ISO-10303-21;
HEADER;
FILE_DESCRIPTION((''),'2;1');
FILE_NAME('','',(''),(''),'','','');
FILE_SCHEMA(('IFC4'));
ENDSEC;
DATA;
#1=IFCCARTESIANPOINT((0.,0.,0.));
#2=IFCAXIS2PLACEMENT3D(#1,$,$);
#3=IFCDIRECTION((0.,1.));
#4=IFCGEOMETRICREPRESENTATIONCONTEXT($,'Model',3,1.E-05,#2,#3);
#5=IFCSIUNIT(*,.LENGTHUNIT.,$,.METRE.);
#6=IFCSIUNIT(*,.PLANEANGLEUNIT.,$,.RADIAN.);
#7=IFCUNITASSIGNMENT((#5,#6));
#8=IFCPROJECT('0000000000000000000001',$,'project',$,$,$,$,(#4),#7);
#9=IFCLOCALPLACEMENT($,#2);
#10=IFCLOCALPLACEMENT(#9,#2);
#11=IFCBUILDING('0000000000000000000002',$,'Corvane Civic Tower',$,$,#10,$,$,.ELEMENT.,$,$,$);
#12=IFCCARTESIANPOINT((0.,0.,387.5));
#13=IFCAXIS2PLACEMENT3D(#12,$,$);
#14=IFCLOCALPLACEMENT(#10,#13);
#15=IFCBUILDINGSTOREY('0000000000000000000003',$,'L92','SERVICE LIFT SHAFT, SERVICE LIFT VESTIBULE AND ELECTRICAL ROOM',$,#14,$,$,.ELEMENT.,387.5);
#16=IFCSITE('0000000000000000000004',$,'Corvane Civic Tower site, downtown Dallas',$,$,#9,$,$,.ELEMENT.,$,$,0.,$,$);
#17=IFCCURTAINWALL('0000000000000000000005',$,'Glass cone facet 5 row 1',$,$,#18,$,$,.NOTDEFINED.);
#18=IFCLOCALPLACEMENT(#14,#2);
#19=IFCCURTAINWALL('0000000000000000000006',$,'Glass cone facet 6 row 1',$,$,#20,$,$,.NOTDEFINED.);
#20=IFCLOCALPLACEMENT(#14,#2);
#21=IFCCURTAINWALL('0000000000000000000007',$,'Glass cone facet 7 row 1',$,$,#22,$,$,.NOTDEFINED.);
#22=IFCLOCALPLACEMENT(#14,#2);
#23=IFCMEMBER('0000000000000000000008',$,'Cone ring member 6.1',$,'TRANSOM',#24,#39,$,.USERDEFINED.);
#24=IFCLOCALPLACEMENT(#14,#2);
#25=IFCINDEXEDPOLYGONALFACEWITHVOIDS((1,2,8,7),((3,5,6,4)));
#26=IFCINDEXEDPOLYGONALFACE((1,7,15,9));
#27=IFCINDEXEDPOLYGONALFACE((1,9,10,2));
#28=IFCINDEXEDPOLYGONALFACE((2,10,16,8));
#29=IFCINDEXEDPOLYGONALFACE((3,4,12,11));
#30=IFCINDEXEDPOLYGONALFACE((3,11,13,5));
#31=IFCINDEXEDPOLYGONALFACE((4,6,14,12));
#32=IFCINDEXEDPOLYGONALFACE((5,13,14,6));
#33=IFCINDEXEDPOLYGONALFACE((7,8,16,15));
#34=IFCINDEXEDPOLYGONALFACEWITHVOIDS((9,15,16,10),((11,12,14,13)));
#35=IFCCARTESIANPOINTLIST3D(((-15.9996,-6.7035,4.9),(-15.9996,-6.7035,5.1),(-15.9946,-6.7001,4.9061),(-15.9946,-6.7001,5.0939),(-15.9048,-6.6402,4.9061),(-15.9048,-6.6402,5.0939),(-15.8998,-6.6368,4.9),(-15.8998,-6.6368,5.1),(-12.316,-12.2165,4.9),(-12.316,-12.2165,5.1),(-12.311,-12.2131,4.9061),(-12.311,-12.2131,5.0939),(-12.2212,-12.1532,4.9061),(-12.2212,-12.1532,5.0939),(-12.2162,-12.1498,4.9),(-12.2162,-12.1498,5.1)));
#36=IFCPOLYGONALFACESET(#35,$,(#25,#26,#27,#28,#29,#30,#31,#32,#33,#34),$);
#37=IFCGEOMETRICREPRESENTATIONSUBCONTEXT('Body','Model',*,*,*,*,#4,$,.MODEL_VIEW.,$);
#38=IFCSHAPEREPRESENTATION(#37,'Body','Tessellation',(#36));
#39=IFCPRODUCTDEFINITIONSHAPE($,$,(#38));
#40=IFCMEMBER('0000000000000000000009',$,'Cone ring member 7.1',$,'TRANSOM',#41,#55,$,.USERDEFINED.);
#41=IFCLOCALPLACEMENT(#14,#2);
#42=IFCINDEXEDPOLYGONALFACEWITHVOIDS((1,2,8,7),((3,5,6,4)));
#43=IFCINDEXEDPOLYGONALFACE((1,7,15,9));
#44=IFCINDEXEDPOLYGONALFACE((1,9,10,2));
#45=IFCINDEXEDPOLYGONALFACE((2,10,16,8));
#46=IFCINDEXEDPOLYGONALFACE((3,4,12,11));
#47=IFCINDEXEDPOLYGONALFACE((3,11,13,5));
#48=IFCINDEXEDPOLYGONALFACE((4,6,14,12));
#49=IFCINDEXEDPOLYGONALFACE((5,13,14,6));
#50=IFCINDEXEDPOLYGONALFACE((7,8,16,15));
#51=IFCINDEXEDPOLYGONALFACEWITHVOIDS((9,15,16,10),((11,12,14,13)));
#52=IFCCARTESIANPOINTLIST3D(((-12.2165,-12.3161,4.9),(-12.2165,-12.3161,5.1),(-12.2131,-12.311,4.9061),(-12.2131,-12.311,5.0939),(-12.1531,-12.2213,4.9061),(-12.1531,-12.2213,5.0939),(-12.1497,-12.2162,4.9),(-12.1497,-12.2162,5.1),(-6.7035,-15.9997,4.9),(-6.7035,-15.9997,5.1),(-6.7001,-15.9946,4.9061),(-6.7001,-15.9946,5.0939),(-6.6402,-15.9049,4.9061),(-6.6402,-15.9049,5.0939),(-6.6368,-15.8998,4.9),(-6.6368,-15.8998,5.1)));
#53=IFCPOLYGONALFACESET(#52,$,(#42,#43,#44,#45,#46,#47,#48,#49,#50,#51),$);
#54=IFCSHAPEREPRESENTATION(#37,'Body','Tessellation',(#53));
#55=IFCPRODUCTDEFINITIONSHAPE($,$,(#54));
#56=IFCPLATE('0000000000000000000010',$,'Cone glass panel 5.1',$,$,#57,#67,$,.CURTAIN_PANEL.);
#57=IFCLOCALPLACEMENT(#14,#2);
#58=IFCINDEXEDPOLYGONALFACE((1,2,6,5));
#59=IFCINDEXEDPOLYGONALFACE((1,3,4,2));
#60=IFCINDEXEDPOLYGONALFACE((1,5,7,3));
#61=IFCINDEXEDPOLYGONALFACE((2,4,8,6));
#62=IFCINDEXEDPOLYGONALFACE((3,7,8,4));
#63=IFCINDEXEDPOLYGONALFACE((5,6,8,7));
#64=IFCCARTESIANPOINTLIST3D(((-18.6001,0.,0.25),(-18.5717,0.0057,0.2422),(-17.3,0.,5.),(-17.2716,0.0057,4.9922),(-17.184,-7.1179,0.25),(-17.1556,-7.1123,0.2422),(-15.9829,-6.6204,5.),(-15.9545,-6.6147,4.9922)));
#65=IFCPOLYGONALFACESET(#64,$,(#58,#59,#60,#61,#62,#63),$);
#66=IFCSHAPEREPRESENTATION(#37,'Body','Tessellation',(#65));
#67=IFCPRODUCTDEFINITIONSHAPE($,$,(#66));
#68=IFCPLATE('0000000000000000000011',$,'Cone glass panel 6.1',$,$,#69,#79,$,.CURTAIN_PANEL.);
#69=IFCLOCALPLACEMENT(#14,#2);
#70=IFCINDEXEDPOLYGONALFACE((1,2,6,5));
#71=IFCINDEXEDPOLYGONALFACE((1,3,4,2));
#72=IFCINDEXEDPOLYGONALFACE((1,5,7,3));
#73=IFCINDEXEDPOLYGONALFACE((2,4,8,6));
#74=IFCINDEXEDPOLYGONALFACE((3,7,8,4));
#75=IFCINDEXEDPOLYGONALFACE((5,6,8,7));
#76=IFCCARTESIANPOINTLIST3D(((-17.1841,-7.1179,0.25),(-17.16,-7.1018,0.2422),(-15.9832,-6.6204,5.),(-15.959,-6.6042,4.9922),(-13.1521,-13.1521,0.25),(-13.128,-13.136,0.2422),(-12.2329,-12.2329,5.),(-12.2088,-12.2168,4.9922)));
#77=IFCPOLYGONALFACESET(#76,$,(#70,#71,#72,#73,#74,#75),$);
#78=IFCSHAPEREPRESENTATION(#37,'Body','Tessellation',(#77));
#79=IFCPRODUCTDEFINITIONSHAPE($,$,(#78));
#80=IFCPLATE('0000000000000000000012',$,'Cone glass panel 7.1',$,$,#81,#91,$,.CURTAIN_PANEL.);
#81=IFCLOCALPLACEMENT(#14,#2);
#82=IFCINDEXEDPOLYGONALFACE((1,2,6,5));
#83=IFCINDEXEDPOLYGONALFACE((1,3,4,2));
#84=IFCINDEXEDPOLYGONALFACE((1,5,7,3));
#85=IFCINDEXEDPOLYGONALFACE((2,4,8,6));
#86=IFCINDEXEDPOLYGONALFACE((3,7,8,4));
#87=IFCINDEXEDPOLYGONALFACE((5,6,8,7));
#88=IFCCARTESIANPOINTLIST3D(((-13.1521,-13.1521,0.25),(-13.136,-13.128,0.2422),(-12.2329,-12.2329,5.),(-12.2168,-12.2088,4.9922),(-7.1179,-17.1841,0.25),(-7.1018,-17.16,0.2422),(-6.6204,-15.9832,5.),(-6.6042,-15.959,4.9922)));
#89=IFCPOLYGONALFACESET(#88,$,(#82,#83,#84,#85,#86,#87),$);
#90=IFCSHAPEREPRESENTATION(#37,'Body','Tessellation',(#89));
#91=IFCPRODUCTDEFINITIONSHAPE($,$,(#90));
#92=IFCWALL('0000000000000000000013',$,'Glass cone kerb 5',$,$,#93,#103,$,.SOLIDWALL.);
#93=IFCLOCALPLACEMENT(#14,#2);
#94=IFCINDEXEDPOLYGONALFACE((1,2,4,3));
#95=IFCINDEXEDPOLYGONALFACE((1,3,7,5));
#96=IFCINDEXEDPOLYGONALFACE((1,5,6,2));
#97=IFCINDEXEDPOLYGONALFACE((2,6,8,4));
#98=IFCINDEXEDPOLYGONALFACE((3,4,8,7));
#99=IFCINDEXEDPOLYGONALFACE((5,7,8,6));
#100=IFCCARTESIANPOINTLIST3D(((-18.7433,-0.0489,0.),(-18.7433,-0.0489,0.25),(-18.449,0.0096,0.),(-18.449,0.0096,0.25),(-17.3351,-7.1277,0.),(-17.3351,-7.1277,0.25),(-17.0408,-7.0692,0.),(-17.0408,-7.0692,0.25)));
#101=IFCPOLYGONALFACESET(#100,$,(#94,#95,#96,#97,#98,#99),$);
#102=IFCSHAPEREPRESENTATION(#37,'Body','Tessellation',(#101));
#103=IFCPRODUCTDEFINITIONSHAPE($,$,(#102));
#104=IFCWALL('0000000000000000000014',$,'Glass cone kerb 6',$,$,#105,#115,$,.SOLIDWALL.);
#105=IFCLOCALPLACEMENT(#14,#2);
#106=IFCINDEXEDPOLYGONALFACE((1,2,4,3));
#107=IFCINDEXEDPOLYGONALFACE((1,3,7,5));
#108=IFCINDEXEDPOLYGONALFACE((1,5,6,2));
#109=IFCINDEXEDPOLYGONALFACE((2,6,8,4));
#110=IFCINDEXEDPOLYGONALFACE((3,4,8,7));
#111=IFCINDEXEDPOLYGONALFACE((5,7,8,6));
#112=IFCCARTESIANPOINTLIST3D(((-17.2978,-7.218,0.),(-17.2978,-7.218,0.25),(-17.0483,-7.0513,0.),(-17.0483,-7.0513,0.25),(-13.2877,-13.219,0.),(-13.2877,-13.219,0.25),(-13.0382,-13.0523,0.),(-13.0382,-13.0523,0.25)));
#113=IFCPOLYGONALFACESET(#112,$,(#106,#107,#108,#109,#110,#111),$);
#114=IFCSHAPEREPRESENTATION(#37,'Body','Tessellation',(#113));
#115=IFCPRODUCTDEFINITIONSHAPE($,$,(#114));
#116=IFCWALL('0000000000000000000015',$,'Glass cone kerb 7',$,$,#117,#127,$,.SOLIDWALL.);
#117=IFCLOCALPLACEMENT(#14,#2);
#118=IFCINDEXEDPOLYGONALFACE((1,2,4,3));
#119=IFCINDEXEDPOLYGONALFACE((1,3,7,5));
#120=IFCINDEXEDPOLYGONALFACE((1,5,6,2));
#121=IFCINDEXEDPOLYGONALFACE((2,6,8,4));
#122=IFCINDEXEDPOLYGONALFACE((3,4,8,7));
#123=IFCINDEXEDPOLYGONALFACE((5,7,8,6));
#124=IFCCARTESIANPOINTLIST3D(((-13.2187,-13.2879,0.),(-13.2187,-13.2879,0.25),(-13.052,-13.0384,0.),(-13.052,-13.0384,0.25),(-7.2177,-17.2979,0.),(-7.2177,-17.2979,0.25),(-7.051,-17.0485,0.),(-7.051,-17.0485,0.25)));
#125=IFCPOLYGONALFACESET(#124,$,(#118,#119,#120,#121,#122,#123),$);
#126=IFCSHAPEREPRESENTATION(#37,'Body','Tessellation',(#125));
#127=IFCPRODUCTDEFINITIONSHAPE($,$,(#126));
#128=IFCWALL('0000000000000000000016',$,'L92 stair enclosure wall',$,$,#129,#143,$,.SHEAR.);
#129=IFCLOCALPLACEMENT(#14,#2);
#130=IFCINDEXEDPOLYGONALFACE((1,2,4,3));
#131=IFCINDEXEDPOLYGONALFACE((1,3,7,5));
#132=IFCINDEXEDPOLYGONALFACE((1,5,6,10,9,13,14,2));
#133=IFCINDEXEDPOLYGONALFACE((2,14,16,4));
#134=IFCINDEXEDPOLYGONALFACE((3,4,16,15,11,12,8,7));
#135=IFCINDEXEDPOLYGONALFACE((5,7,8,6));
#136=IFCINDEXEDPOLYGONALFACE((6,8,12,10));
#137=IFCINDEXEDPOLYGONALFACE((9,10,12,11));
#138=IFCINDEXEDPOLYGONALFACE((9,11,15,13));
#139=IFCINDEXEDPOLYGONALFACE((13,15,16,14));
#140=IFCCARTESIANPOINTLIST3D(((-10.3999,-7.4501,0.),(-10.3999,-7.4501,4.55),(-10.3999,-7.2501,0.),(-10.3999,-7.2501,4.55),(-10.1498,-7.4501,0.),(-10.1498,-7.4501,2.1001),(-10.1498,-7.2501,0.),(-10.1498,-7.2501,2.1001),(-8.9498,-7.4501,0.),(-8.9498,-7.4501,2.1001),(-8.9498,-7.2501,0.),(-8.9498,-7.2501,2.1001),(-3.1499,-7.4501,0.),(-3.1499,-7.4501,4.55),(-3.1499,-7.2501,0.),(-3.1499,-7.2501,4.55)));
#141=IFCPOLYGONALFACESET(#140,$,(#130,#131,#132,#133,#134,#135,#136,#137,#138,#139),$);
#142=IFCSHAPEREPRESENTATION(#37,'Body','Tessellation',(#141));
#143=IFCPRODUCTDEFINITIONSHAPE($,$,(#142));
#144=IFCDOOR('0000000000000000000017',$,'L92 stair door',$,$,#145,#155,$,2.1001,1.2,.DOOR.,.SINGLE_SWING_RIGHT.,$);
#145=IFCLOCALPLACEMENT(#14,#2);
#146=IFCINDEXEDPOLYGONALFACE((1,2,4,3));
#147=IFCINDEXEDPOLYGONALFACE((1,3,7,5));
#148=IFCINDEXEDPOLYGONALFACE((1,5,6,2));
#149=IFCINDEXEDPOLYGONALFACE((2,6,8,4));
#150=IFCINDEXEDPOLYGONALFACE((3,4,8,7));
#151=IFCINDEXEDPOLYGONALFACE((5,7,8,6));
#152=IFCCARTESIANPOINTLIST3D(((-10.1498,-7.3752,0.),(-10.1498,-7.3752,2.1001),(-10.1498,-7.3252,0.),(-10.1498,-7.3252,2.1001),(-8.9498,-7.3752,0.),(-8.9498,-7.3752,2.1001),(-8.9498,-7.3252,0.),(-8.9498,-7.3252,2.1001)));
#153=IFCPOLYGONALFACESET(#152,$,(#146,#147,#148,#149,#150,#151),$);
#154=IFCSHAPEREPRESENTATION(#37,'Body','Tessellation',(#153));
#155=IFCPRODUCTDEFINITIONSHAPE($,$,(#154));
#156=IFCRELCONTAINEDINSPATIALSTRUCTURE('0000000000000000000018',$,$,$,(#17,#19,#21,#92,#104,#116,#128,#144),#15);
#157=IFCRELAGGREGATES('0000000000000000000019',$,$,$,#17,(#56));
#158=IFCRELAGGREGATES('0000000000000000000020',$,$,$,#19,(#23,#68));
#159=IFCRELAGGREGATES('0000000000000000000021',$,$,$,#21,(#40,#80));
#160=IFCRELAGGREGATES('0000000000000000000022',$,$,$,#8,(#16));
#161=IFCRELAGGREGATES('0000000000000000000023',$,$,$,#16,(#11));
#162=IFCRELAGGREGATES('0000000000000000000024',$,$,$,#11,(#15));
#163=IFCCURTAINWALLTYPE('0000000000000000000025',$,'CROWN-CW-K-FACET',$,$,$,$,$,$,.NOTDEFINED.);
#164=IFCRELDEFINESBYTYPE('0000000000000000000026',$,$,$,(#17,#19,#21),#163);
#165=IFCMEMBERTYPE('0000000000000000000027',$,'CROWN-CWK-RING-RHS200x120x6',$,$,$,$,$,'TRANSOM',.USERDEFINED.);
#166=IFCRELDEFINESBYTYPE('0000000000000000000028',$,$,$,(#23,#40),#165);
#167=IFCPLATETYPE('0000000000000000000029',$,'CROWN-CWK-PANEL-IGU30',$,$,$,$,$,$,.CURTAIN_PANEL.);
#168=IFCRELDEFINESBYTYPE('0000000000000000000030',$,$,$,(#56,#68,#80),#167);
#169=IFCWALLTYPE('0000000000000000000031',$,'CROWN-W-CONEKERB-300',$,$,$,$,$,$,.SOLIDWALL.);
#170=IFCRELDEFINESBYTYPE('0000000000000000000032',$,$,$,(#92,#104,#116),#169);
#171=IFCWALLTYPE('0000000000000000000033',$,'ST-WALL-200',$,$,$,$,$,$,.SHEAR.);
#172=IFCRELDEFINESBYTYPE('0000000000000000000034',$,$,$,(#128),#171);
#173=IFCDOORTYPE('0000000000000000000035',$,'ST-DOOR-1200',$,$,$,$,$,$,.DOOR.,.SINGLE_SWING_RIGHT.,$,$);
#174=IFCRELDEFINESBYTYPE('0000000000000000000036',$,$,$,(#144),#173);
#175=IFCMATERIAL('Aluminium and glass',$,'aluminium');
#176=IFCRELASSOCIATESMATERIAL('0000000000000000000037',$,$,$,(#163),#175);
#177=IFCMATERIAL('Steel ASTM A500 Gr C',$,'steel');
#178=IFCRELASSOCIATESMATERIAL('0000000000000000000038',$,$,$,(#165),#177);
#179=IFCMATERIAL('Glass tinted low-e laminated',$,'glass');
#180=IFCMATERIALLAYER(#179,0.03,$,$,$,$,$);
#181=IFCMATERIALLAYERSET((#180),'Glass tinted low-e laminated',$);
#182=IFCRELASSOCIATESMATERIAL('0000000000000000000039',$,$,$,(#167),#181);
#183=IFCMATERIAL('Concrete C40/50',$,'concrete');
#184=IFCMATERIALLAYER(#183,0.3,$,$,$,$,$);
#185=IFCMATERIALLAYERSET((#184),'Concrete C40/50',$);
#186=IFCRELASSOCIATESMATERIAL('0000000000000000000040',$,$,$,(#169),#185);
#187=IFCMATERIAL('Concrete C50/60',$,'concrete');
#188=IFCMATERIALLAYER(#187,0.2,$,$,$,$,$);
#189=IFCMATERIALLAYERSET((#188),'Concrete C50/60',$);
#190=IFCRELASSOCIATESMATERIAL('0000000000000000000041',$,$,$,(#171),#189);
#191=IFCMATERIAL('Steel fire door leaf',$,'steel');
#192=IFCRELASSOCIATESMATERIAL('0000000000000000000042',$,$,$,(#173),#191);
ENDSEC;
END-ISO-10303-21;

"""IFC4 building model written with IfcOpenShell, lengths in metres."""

from ifc_helpers import new_model, si_unit, direction, frame, frame_2d, origin, origin_2d, place, context, subcontext, project, spatial, polyline, rectangle, hollow_rectangle, outline, extrude, material, layer, layer_set, material_profile, profile_set, type_object, element, fill, aggregate, save


model = new_model("IFC4")

# Units and contexts
model_context = context("Model", 3, precision=1e-05, world=origin(), true_north=direction((0.0, 1.0)))
body_context = subcontext(model_context, "Body", "Model", "MODEL_VIEW")
ifc_project = project(units=[si_unit("LENGTHUNIT", "METRE"), si_unit("PLANEANGLEUNIT", "RADIAN")], contexts=[model_context])

# Site, building, storey
site_placement = place(None, origin())
site = spatial("IfcSite", under=ifc_project, at=site_placement, Name="Corvane Civic Tower site, downtown Dallas", CompositionType="ELEMENT", RefElevation=0.0)
building_placement = place(site_placement, origin())
building = spatial("IfcBuilding", under=site, at=building_placement, Name="Corvane Civic Tower", CompositionType="ELEMENT")
storey_placement = place(building_placement, frame((0.0, 0.0, 387.5)))
storey = spatial("IfcBuildingStorey", under=building, at=storey_placement, Name="L92", Description="SERVICE LIFT SHAFT, SERVICE LIFT VESTIBULE AND ELECTRICAL ROOM", CompositionType="ELEMENT", Elevation=387.5)

# Curtain walls
ifc_material_1 = material(Name="Aluminium and glass", Category="aluminium")
curtain_wall_type = type_object("IfcCurtainWallType", Name="CROWN-CW-K-FACET", PredefinedType="NOTDEFINED", material=ifc_material_1)
curtain_wall_1_placement = place(storey_placement, origin())
curtain_wall_1 = element("IfcCurtainWall", 1, at=curtain_wall_1_placement, inside=storey, type_object=curtain_wall_type, Name="Glass cone facet 5 row 1", PredefinedType="NOTDEFINED")
curtain_wall_2_placement = place(storey_placement, origin())
curtain_wall_2 = element("IfcCurtainWall", 2, at=curtain_wall_2_placement, inside=storey, type_object=curtain_wall_type, Name="Glass cone facet 6 row 1", PredefinedType="NOTDEFINED")
curtain_wall_3_placement = place(storey_placement, origin())
curtain_wall_3 = element("IfcCurtainWall", 3, at=curtain_wall_3_placement, inside=storey, type_object=curtain_wall_type, Name="Glass cone facet 7 row 1", PredefinedType="NOTDEFINED")

# Members
ifc_material_2 = material(Name="Steel ASTM A500 Gr C", Category="steel")
ifc_material_profile_1 = material_profile(ifc_material_2, hollow_rectangle(XDim=0.1201, YDim=0.2, WallThickness=0.0061, at=origin_2d()), Name="RHS 200x120x6")
ifc_profile_set_1 = profile_set([ifc_material_profile_1], Name="Steel ASTM A500 Gr C")
member_type_1 = type_object("IfcMemberType", Name="CROWN-CWK-RING-RHS200x120x6", ElementType="TRANSOM", PredefinedType="USERDEFINED", material=ifc_profile_set_1)
member_1_placement = place(storey_placement, frame((-15.9497, -6.6702, 5.0), z_axis=(0.555567, -0.831472, 0.0), x_axis=(0.831472, 0.555567, 0.0)))
member_1 = element("IfcMember", 4, at=member_1_placement, type_object=member_type_1, Name="Cone ring member 6.1", ObjectType="TRANSOM", PredefinedType="USERDEFINED", context=body_context, shape_type="SweptSolid", body=[
    extrude(hollow_rectangle(XDim=0.1201, YDim=0.2, WallThickness=0.0061, at=origin_2d()), origin(), (0.0, 0.0, 1.0), 6.6304),
])
member_2_placement = place(storey_placement, frame((-12.1831, -12.2661, 5.0), z_axis=(0.831472, -0.555567, 0.0), x_axis=(0.555567, 0.831472, 0.0)))
member_2 = element("IfcMember", 5, at=member_2_placement, type_object=member_type_1, Name="Cone ring member 7.1", ObjectType="TRANSOM", PredefinedType="USERDEFINED", context=body_context, shape_type="SweptSolid", body=[
    extrude(hollow_rectangle(XDim=0.1201, YDim=0.2, WallThickness=0.0061, at=origin_2d()), origin(), (0.0, 0.0, 1.0), 6.6304),
])

# Plates
ifc_material_3 = material(Name="Glass tinted low-e laminated", Category="glass")
ifc_layer_1 = layer(ifc_material_3, 0.03)
ifc_layer_set_1 = layer_set([ifc_layer_1], Name="Glass tinted low-e laminated")
plate_type = type_object("IfcPlateType", Name="CROWN-CWK-PANEL-IGU30", PredefinedType="CURTAIN_PANEL", material=ifc_layer_set_1)
plate_1_placement = place(storey_placement, frame((-18.6001, 0.0, 0.25), z_axis=(-0.947242, -0.188449, 0.259266), x_axis=(0.19512, -0.980779, -0.000002)))
plate_1 = element("IfcPlate", 6, at=plate_1_placement, type_object=plate_type, Name="Cone glass panel 5.1", PredefinedType="CURTAIN_PANEL", context=body_context, shape_type="SweptSolid", body=[
    extrude(outline(polyline([(0.0, 0.0), (7.2574, 0.0), (7.0038, 4.9182), (0.2537, 4.9182), (0.0, 0.0)])), origin(), (0.0, 0.0, -1.0), 0.03),
])
aggregate(curtain_wall_1, [plate_1])
plate_2_placement = place(storey_placement, frame((-17.1841, -7.1179, 0.25), z_axis=(-0.803041, -0.536584, 0.259236), x_axis=(0.555577, -0.831465, 0.0)))
plate_2 = element("IfcPlate", 7, at=plate_2_placement, type_object=plate_type, Name="Cone glass panel 6.1", PredefinedType="CURTAIN_PANEL", context=body_context, shape_type="SweptSolid", body=[
    extrude(outline(polyline([(0.0, 0.0), (7.2573, 0.0), (7.0037, 4.9181), (0.2535, 4.9181), (0.0, 0.0)])), origin(), (0.0, 0.0, -1.0), 0.03),
])
aggregate(curtain_wall_2, [member_1, plate_2])
plate_3_placement = place(storey_placement, frame((-13.1521, -13.1521, 0.25), z_axis=(-0.536584, -0.803041, 0.259236), x_axis=(0.831465, -0.555577, 0.0)))
plate_3 = element("IfcPlate", 8, at=plate_3_placement, type_object=plate_type, Name="Cone glass panel 7.1", PredefinedType="CURTAIN_PANEL", context=body_context, shape_type="SweptSolid", body=[
    extrude(outline(polyline([(0.0, 0.0), (7.2573, 0.0), (7.0038, 4.9181), (0.2536, 4.9181), (0.0, 0.0)])), origin(), (0.0, 0.0, -1.0), 0.03),
])
aggregate(curtain_wall_3, [member_2, plate_3])

# Walls
ifc_material_4 = material(Name="Concrete C40/50", Category="concrete")
ifc_layer_2 = layer(ifc_material_4, 0.3)
ifc_layer_set_2 = layer_set([ifc_layer_2], Name="Concrete C40/50")
wall_type_1 = type_object("IfcWallType", Name="CROWN-W-CONEKERB-300", PredefinedType="SOLIDWALL", material=ifc_layer_set_2)
for number, where, z_axis, x_axis, name in (
    (9, (-18.5962, -0.0195, 0.0), (0.0, 0.0, 1.0), (0.195108, -0.980782, 0.0), "Glass cone kerb 5"),
    (10, (-17.1731, -7.1345, 0.0), (0.0, 0.0, 1.0), (0.555598, -0.831451, 0.0), "Glass cone kerb 6"),
    (11, (-13.1355, -13.1631, 0.0), (0.0, 0.0, 1.0), (0.831451, -0.555598, 0.0), "Glass cone kerb 7"),
):
    element("IfcWall", number, at=place(storey_placement, frame(where, z_axis=z_axis, x_axis=x_axis)), inside=storey, type_object=wall_type_1, Name=name, PredefinedType="SOLIDWALL", context=body_context, shape_type="SweptSolid", body=[
        extrude(rectangle(XDim=7.2175, YDim=0.3, at=frame_2d((3.6089, 0.0))), origin(), (0.0, 0.0, 1.0), 0.25),
    ])

# Wall, opening, door
ifc_material_5 = material(Name="Concrete C50/60", Category="concrete")
ifc_layer_3 = layer(ifc_material_5, 0.2)
ifc_layer_set_3 = layer_set([ifc_layer_3], Name="Concrete C50/60")
wall_type_2 = type_object("IfcWallType", Name="ST-WALL-200", PredefinedType="SHEAR", material=ifc_layer_set_3)
wall_placement = place(storey_placement, frame((-10.3999, -7.3501, 0.0), z_axis=(0.0, 0.0, 1.0), x_axis=(1.0, 0.0, 0.0)))
wall = element("IfcWall", 12, at=wall_placement, inside=storey, type_object=wall_type_2, Name="L92 stair enclosure wall", PredefinedType="SHEAR", context=body_context, shape_type="SweptSolid", body=[
    extrude(rectangle(XDim=7.25, YDim=0.2, at=frame_2d((3.625, 0.0))), origin(), (0.0, 0.0, 1.0), 4.55),
])
opening_placement = place(wall_placement, frame((0.25, 0.0, 0.0)))
opening = element("IfcOpeningElement", 13, at=opening_placement, cuts=wall, PredefinedType="OPENING", context=body_context, shape_type="SweptSolid", body=[
    extrude(rectangle(XDim=1.2, YDim=2.1001, at=frame_2d((0.6001, 1.05))), frame((0.0, 0.1099, 0.0), z_axis=(0.0, -1.0, 0.0), x_axis=(1.0, 0.0, 0.0)), (0.0, 0.0, 1.0), 0.22),
])
ifc_material_6 = material(Name="Steel fire door leaf", Category="steel")
door_type = type_object("IfcDoorType", Name="ST-DOOR-1200", OperationType="SINGLE_SWING_RIGHT", PredefinedType="DOOR", material=ifc_material_6)
door_placement = place(opening_placement, origin())
door = element("IfcDoor", 14, at=door_placement, inside=storey, type_object=door_type, Name="L92 stair door", OperationType="SINGLE_SWING_RIGHT", OverallHeight=2.1001, OverallWidth=1.2, PredefinedType="DOOR", context=body_context, shape_type="SweptSolid", body=[
    extrude(rectangle(XDim=1.2, YDim=2.1001, at=frame_2d((0.6001, 1.05))), frame((0.0, 0.0249, 0.0), z_axis=(0.0, -1.0, 0.0), x_axis=(1.0, 0.0, 0.0)), (0.0, 0.0, 1.0), 0.05),
])
fill(opening, door)

save(model, "model.ifc")
